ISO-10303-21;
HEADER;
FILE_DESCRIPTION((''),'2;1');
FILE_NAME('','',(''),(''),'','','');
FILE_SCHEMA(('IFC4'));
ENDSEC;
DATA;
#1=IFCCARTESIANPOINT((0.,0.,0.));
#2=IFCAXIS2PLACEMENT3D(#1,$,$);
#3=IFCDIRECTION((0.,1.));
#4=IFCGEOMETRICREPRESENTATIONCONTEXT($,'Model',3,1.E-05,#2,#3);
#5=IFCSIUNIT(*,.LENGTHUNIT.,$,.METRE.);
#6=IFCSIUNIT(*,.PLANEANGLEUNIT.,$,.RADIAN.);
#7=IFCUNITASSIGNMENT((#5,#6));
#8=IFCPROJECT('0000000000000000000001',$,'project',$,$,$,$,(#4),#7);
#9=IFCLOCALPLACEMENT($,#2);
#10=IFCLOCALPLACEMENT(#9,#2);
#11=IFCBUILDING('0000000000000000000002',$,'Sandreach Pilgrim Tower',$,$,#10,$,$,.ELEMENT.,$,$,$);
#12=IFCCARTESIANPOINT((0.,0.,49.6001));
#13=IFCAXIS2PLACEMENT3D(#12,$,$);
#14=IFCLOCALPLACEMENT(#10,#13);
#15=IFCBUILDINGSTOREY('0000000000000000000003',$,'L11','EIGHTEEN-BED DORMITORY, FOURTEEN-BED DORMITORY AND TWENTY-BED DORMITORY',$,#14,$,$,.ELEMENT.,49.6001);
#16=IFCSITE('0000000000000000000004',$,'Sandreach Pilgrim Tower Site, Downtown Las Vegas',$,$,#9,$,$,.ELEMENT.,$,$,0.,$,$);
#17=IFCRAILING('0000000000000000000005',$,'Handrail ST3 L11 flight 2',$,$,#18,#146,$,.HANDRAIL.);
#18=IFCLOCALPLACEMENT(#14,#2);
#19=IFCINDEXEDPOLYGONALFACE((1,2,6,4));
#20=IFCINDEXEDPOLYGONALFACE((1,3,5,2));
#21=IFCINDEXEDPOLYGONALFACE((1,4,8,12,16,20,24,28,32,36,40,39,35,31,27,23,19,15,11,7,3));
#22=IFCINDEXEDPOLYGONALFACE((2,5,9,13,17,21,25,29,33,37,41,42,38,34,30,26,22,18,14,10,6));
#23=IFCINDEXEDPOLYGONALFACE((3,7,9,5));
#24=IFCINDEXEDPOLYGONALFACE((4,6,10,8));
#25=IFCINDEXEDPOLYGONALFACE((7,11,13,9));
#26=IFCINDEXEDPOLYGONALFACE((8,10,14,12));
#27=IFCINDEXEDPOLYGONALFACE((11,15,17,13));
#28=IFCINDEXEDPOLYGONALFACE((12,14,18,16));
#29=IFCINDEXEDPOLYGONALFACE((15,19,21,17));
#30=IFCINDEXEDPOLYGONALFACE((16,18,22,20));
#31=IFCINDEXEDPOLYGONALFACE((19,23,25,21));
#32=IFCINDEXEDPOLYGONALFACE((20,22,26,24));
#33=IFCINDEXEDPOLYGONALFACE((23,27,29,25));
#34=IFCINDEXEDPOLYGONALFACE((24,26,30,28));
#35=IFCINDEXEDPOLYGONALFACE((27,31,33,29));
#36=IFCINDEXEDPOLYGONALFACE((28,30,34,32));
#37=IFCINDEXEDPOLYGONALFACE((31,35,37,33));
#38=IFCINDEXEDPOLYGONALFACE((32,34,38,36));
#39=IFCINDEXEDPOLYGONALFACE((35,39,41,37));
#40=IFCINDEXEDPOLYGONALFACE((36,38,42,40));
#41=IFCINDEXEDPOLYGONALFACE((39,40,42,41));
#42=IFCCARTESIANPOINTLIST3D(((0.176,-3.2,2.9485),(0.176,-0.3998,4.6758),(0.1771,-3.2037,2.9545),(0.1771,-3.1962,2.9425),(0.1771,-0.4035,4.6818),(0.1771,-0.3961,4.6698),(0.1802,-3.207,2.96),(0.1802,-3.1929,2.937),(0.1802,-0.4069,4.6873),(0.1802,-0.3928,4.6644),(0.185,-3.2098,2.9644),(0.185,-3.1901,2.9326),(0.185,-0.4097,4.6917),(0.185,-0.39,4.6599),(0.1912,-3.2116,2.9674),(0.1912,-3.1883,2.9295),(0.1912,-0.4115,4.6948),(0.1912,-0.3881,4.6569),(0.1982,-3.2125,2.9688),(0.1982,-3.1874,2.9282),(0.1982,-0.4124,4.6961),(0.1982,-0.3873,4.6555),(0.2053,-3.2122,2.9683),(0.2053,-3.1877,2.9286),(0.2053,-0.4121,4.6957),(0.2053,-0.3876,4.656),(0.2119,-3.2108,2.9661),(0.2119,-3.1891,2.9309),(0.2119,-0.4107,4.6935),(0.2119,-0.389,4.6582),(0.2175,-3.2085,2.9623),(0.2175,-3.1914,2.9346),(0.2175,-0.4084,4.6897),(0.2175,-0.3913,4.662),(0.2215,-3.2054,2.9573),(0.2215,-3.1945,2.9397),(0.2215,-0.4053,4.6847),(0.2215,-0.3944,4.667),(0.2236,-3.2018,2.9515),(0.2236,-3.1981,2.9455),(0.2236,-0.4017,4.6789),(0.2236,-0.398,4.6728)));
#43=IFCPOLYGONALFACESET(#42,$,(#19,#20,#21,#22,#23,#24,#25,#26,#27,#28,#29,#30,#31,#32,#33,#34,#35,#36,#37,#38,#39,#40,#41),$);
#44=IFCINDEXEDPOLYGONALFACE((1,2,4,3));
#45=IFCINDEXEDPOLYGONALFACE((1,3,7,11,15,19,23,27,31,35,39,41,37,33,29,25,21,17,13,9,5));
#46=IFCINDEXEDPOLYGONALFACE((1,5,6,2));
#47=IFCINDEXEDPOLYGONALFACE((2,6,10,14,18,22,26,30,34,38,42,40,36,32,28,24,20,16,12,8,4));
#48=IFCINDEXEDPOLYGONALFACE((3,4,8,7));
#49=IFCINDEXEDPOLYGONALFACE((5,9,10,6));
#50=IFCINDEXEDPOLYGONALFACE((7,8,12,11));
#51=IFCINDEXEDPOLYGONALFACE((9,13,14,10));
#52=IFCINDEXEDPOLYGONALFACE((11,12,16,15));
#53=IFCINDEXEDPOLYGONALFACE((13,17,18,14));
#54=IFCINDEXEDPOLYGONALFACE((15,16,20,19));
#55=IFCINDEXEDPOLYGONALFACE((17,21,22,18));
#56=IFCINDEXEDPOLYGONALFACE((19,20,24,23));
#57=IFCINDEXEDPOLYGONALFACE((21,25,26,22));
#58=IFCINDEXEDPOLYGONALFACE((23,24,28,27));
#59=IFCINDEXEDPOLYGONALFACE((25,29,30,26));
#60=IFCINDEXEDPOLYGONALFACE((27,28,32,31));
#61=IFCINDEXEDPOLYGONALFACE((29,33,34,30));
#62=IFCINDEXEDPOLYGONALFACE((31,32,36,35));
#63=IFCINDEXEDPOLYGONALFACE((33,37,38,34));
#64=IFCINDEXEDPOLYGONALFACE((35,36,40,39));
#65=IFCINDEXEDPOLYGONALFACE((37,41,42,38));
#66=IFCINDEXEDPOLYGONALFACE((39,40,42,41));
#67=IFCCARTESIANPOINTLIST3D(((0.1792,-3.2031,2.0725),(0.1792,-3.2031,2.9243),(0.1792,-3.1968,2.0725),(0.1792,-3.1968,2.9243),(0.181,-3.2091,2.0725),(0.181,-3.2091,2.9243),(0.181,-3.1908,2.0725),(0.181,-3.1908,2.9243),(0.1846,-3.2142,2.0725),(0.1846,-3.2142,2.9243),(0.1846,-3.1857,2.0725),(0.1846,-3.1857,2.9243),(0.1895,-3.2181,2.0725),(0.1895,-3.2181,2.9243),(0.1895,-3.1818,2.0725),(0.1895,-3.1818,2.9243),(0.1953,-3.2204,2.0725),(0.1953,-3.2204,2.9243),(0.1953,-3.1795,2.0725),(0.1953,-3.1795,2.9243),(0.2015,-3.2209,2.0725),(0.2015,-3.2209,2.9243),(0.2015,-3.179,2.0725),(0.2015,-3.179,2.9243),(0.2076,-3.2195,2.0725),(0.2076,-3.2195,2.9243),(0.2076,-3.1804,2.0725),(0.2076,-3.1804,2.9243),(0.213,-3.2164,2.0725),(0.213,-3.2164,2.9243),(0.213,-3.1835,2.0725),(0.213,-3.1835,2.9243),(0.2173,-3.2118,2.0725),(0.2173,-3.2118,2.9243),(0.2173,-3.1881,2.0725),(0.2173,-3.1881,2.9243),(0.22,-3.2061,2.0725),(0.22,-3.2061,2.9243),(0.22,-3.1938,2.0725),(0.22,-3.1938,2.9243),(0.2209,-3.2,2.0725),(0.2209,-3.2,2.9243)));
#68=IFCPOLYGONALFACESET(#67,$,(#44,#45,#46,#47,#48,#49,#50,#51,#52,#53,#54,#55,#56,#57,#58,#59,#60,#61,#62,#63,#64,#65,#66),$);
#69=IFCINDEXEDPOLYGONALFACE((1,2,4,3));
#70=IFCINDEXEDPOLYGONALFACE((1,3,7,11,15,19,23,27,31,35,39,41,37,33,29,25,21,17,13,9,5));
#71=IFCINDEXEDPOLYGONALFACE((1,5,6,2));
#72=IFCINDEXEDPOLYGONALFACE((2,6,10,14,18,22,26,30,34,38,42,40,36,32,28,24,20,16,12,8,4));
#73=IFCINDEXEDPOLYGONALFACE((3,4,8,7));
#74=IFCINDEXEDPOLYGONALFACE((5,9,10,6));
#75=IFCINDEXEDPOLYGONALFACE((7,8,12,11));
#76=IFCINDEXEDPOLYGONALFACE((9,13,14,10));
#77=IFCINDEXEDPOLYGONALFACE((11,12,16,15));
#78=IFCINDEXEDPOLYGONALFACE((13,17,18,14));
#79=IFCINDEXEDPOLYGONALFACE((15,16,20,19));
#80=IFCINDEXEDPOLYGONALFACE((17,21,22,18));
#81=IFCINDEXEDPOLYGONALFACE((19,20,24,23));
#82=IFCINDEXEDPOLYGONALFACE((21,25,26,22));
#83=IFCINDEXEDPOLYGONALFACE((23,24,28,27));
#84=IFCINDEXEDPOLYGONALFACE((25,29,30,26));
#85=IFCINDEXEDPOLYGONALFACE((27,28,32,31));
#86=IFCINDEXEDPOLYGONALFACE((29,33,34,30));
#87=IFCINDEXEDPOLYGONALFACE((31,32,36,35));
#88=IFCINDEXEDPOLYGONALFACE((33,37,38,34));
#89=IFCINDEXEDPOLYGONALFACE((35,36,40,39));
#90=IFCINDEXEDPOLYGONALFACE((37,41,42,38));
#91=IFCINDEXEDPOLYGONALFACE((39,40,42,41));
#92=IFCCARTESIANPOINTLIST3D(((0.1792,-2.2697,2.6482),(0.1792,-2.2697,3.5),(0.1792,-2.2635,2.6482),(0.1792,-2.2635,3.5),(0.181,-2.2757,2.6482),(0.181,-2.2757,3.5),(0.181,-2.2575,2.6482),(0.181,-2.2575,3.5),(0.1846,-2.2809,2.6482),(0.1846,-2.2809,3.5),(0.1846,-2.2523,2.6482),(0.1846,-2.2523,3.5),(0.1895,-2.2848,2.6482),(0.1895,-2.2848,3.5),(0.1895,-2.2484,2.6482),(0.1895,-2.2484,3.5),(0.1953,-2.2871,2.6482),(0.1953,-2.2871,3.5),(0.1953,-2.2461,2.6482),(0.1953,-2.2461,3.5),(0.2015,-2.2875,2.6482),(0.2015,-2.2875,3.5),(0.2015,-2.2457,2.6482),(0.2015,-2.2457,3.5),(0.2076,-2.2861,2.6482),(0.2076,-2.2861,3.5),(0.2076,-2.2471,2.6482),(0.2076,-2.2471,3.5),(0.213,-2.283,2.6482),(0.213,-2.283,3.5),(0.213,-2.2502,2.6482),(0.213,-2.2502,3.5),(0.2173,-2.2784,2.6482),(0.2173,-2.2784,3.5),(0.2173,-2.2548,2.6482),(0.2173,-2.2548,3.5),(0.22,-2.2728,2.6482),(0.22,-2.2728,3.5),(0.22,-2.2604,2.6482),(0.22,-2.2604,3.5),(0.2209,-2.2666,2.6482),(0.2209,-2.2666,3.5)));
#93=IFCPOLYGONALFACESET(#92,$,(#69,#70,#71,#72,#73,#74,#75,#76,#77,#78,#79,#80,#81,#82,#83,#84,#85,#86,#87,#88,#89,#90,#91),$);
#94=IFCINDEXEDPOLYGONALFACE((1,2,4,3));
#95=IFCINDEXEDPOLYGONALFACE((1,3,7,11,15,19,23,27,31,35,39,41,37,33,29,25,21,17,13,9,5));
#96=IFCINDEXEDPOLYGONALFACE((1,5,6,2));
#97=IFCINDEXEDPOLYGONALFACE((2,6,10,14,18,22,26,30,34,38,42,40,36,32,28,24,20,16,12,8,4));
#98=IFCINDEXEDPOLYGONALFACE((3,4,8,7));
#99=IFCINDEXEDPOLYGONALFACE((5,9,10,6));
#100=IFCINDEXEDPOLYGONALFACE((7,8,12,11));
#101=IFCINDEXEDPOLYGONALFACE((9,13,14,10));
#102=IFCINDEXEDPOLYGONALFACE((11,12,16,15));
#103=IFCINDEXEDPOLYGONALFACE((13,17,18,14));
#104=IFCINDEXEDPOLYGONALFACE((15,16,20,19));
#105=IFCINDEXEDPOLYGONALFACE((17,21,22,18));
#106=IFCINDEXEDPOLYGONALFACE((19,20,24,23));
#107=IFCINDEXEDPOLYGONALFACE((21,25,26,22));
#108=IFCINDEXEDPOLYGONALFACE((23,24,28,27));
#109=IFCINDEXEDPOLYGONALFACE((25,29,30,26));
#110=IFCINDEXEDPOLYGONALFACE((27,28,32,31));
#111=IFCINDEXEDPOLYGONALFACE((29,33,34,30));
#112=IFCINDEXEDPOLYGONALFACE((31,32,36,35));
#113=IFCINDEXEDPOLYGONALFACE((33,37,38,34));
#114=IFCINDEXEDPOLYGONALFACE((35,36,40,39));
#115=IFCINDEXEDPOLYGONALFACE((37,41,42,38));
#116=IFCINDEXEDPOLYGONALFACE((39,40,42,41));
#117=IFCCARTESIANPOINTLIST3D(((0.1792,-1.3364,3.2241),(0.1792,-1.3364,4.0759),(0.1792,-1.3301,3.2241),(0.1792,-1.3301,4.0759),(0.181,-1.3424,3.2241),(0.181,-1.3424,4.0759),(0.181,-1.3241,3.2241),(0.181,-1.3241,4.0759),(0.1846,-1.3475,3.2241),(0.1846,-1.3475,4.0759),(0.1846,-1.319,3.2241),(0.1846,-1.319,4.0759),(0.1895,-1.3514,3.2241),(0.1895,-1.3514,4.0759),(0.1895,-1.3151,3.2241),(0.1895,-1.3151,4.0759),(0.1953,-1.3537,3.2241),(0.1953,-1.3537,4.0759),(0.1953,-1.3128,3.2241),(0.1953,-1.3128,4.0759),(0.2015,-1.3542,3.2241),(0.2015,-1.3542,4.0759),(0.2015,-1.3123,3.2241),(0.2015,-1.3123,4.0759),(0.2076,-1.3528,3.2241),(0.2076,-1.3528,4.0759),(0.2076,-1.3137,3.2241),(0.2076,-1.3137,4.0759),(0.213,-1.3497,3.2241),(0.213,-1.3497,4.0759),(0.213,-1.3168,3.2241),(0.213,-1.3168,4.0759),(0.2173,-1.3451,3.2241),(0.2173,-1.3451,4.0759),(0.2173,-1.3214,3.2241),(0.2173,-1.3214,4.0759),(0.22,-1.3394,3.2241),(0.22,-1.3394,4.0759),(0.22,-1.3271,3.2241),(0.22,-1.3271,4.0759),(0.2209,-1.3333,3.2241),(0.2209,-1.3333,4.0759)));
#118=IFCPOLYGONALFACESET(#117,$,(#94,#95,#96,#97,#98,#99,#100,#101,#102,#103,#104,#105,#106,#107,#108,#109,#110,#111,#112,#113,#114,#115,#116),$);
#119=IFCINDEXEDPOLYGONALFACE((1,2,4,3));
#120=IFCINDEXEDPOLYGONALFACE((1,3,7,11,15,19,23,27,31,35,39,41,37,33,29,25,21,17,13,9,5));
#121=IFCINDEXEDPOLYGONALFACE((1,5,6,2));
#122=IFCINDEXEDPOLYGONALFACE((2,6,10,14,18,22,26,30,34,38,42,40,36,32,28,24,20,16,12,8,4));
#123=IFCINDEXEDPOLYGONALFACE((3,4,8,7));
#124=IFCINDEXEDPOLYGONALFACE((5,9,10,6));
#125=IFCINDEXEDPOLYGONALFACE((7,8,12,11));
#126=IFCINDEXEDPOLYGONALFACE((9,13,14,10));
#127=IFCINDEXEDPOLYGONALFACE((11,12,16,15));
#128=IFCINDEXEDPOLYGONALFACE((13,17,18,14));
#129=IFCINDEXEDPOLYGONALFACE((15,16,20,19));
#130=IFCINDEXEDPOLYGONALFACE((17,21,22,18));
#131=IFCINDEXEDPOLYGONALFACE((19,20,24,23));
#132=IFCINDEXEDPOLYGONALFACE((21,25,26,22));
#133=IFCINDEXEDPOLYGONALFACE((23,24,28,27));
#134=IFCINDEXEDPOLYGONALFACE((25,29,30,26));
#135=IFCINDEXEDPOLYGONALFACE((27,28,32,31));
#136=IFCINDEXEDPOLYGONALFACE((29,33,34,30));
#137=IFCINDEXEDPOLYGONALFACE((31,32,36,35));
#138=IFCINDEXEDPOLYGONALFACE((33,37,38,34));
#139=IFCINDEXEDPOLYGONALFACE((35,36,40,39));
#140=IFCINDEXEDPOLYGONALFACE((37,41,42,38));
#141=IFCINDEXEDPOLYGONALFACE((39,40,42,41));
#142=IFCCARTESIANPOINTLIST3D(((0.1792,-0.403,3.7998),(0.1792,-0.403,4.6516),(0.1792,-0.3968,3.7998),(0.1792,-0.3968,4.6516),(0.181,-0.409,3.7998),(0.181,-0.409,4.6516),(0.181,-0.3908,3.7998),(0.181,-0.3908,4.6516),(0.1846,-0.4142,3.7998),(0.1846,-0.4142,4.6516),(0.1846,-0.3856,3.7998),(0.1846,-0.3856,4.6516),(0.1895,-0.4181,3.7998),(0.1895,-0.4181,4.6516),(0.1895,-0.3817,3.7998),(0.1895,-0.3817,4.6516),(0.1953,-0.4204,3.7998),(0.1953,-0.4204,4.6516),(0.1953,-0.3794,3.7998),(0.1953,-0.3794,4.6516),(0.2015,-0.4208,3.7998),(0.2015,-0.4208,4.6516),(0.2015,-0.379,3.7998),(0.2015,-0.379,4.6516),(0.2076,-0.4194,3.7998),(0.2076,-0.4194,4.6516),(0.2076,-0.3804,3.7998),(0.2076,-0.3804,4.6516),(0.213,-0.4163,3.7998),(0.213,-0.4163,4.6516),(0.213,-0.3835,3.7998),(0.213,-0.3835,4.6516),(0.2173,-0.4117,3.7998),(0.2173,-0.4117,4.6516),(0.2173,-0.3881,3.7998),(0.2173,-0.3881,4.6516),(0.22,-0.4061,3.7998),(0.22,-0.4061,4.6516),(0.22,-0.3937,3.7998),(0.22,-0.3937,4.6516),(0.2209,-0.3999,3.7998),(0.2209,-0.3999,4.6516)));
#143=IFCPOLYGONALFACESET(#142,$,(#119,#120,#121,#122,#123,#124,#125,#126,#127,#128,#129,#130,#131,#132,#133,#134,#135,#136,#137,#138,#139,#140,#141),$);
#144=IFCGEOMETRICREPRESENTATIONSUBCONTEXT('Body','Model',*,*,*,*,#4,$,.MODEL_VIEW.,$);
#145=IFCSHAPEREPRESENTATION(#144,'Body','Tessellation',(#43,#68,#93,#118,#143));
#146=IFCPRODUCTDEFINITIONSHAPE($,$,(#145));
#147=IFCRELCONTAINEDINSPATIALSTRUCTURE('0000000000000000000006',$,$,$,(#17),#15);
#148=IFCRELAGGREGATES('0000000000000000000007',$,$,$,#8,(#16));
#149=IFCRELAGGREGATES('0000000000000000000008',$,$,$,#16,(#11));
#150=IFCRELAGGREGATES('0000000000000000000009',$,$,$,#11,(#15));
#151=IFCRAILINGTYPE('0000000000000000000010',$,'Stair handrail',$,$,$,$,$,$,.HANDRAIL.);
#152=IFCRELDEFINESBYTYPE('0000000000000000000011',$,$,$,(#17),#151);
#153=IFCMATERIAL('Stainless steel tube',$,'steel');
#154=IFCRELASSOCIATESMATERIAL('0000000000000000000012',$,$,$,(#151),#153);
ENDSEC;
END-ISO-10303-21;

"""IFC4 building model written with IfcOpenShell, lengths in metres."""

from ifc_helpers import new_model, si_unit, direction, frame, origin, origin_2d, place, context, subcontext, project, spatial, circle, extrude, material, type_object, element, save


model = new_model("IFC4")

# Units and contexts
model_context = context("Model", 3, precision=1e-05, world=origin(), true_north=direction((0.0, 1.0)))
body_context = subcontext(model_context, "Body", "Model", "MODEL_VIEW")
ifc_project = project(units=[si_unit("LENGTHUNIT", "METRE"), si_unit("PLANEANGLEUNIT", "RADIAN")], contexts=[model_context])

# Site, building, storey
site_placement = place(None, origin())
site = spatial("IfcSite", under=ifc_project, at=site_placement, Name="Sandreach Pilgrim Tower Site, Downtown Las Vegas", CompositionType="ELEMENT", RefElevation=0.0)
building_placement = place(site_placement, origin())
building = spatial("IfcBuilding", under=site, at=building_placement, Name="Sandreach Pilgrim Tower", CompositionType="ELEMENT")
storey_placement = place(building_placement, frame((0.0, 0.0, 49.6001)))
storey = spatial("IfcBuildingStorey", under=building, at=storey_placement, Name="L11", Description="EIGHTEEN-BED DORMITORY, FOURTEEN-BED DORMITORY AND TWENTY-BED DORMITORY", CompositionType="ELEMENT", Elevation=49.6001)

# Railing
ifc_material_1 = material(Name="Stainless steel tube", Category="steel")
railing_type = type_object("IfcRailingType", Name="Stair handrail", PredefinedType="HANDRAIL", material=ifc_material_1)
railing_placement = place(storey_placement, frame((0.2, -3.2, 2.0725)))
element("IfcRailing", 1, at=railing_placement, inside=storey, type_object=railing_type, Name="Handrail ST3 L11 flight 2", PredefinedType="HANDRAIL", context=body_context, shape_type="SweptSolid", body=[
    extrude(circle(Radius=0.0239, at=origin_2d()), frame((0.0, 0.0, 0.876), z_axis=(0.0, 0.85109, 0.52502), x_axis=(-1.0, 0.0, 0.0)), (0.0, 0.0, 1.0), 3.29),
    extrude(circle(Radius=0.021, at=origin_2d()), origin(), (0.0, 0.0, 1.0), 0.8518),
    extrude(circle(Radius=0.021, at=origin_2d()), frame((0.0, 0.9333, 0.5757)), (0.0, 0.0, 1.0), 0.8518),
    extrude(circle(Radius=0.021, at=origin_2d()), frame((0.0, 1.8667, 1.1516)), (0.0, 0.0, 1.0), 0.8518),
    extrude(circle(Radius=0.021, at=origin_2d()), frame((0.0, 2.8, 1.7273)), (0.0, 0.0, 1.0), 0.8518),
])

save(model, "model.ifc")
